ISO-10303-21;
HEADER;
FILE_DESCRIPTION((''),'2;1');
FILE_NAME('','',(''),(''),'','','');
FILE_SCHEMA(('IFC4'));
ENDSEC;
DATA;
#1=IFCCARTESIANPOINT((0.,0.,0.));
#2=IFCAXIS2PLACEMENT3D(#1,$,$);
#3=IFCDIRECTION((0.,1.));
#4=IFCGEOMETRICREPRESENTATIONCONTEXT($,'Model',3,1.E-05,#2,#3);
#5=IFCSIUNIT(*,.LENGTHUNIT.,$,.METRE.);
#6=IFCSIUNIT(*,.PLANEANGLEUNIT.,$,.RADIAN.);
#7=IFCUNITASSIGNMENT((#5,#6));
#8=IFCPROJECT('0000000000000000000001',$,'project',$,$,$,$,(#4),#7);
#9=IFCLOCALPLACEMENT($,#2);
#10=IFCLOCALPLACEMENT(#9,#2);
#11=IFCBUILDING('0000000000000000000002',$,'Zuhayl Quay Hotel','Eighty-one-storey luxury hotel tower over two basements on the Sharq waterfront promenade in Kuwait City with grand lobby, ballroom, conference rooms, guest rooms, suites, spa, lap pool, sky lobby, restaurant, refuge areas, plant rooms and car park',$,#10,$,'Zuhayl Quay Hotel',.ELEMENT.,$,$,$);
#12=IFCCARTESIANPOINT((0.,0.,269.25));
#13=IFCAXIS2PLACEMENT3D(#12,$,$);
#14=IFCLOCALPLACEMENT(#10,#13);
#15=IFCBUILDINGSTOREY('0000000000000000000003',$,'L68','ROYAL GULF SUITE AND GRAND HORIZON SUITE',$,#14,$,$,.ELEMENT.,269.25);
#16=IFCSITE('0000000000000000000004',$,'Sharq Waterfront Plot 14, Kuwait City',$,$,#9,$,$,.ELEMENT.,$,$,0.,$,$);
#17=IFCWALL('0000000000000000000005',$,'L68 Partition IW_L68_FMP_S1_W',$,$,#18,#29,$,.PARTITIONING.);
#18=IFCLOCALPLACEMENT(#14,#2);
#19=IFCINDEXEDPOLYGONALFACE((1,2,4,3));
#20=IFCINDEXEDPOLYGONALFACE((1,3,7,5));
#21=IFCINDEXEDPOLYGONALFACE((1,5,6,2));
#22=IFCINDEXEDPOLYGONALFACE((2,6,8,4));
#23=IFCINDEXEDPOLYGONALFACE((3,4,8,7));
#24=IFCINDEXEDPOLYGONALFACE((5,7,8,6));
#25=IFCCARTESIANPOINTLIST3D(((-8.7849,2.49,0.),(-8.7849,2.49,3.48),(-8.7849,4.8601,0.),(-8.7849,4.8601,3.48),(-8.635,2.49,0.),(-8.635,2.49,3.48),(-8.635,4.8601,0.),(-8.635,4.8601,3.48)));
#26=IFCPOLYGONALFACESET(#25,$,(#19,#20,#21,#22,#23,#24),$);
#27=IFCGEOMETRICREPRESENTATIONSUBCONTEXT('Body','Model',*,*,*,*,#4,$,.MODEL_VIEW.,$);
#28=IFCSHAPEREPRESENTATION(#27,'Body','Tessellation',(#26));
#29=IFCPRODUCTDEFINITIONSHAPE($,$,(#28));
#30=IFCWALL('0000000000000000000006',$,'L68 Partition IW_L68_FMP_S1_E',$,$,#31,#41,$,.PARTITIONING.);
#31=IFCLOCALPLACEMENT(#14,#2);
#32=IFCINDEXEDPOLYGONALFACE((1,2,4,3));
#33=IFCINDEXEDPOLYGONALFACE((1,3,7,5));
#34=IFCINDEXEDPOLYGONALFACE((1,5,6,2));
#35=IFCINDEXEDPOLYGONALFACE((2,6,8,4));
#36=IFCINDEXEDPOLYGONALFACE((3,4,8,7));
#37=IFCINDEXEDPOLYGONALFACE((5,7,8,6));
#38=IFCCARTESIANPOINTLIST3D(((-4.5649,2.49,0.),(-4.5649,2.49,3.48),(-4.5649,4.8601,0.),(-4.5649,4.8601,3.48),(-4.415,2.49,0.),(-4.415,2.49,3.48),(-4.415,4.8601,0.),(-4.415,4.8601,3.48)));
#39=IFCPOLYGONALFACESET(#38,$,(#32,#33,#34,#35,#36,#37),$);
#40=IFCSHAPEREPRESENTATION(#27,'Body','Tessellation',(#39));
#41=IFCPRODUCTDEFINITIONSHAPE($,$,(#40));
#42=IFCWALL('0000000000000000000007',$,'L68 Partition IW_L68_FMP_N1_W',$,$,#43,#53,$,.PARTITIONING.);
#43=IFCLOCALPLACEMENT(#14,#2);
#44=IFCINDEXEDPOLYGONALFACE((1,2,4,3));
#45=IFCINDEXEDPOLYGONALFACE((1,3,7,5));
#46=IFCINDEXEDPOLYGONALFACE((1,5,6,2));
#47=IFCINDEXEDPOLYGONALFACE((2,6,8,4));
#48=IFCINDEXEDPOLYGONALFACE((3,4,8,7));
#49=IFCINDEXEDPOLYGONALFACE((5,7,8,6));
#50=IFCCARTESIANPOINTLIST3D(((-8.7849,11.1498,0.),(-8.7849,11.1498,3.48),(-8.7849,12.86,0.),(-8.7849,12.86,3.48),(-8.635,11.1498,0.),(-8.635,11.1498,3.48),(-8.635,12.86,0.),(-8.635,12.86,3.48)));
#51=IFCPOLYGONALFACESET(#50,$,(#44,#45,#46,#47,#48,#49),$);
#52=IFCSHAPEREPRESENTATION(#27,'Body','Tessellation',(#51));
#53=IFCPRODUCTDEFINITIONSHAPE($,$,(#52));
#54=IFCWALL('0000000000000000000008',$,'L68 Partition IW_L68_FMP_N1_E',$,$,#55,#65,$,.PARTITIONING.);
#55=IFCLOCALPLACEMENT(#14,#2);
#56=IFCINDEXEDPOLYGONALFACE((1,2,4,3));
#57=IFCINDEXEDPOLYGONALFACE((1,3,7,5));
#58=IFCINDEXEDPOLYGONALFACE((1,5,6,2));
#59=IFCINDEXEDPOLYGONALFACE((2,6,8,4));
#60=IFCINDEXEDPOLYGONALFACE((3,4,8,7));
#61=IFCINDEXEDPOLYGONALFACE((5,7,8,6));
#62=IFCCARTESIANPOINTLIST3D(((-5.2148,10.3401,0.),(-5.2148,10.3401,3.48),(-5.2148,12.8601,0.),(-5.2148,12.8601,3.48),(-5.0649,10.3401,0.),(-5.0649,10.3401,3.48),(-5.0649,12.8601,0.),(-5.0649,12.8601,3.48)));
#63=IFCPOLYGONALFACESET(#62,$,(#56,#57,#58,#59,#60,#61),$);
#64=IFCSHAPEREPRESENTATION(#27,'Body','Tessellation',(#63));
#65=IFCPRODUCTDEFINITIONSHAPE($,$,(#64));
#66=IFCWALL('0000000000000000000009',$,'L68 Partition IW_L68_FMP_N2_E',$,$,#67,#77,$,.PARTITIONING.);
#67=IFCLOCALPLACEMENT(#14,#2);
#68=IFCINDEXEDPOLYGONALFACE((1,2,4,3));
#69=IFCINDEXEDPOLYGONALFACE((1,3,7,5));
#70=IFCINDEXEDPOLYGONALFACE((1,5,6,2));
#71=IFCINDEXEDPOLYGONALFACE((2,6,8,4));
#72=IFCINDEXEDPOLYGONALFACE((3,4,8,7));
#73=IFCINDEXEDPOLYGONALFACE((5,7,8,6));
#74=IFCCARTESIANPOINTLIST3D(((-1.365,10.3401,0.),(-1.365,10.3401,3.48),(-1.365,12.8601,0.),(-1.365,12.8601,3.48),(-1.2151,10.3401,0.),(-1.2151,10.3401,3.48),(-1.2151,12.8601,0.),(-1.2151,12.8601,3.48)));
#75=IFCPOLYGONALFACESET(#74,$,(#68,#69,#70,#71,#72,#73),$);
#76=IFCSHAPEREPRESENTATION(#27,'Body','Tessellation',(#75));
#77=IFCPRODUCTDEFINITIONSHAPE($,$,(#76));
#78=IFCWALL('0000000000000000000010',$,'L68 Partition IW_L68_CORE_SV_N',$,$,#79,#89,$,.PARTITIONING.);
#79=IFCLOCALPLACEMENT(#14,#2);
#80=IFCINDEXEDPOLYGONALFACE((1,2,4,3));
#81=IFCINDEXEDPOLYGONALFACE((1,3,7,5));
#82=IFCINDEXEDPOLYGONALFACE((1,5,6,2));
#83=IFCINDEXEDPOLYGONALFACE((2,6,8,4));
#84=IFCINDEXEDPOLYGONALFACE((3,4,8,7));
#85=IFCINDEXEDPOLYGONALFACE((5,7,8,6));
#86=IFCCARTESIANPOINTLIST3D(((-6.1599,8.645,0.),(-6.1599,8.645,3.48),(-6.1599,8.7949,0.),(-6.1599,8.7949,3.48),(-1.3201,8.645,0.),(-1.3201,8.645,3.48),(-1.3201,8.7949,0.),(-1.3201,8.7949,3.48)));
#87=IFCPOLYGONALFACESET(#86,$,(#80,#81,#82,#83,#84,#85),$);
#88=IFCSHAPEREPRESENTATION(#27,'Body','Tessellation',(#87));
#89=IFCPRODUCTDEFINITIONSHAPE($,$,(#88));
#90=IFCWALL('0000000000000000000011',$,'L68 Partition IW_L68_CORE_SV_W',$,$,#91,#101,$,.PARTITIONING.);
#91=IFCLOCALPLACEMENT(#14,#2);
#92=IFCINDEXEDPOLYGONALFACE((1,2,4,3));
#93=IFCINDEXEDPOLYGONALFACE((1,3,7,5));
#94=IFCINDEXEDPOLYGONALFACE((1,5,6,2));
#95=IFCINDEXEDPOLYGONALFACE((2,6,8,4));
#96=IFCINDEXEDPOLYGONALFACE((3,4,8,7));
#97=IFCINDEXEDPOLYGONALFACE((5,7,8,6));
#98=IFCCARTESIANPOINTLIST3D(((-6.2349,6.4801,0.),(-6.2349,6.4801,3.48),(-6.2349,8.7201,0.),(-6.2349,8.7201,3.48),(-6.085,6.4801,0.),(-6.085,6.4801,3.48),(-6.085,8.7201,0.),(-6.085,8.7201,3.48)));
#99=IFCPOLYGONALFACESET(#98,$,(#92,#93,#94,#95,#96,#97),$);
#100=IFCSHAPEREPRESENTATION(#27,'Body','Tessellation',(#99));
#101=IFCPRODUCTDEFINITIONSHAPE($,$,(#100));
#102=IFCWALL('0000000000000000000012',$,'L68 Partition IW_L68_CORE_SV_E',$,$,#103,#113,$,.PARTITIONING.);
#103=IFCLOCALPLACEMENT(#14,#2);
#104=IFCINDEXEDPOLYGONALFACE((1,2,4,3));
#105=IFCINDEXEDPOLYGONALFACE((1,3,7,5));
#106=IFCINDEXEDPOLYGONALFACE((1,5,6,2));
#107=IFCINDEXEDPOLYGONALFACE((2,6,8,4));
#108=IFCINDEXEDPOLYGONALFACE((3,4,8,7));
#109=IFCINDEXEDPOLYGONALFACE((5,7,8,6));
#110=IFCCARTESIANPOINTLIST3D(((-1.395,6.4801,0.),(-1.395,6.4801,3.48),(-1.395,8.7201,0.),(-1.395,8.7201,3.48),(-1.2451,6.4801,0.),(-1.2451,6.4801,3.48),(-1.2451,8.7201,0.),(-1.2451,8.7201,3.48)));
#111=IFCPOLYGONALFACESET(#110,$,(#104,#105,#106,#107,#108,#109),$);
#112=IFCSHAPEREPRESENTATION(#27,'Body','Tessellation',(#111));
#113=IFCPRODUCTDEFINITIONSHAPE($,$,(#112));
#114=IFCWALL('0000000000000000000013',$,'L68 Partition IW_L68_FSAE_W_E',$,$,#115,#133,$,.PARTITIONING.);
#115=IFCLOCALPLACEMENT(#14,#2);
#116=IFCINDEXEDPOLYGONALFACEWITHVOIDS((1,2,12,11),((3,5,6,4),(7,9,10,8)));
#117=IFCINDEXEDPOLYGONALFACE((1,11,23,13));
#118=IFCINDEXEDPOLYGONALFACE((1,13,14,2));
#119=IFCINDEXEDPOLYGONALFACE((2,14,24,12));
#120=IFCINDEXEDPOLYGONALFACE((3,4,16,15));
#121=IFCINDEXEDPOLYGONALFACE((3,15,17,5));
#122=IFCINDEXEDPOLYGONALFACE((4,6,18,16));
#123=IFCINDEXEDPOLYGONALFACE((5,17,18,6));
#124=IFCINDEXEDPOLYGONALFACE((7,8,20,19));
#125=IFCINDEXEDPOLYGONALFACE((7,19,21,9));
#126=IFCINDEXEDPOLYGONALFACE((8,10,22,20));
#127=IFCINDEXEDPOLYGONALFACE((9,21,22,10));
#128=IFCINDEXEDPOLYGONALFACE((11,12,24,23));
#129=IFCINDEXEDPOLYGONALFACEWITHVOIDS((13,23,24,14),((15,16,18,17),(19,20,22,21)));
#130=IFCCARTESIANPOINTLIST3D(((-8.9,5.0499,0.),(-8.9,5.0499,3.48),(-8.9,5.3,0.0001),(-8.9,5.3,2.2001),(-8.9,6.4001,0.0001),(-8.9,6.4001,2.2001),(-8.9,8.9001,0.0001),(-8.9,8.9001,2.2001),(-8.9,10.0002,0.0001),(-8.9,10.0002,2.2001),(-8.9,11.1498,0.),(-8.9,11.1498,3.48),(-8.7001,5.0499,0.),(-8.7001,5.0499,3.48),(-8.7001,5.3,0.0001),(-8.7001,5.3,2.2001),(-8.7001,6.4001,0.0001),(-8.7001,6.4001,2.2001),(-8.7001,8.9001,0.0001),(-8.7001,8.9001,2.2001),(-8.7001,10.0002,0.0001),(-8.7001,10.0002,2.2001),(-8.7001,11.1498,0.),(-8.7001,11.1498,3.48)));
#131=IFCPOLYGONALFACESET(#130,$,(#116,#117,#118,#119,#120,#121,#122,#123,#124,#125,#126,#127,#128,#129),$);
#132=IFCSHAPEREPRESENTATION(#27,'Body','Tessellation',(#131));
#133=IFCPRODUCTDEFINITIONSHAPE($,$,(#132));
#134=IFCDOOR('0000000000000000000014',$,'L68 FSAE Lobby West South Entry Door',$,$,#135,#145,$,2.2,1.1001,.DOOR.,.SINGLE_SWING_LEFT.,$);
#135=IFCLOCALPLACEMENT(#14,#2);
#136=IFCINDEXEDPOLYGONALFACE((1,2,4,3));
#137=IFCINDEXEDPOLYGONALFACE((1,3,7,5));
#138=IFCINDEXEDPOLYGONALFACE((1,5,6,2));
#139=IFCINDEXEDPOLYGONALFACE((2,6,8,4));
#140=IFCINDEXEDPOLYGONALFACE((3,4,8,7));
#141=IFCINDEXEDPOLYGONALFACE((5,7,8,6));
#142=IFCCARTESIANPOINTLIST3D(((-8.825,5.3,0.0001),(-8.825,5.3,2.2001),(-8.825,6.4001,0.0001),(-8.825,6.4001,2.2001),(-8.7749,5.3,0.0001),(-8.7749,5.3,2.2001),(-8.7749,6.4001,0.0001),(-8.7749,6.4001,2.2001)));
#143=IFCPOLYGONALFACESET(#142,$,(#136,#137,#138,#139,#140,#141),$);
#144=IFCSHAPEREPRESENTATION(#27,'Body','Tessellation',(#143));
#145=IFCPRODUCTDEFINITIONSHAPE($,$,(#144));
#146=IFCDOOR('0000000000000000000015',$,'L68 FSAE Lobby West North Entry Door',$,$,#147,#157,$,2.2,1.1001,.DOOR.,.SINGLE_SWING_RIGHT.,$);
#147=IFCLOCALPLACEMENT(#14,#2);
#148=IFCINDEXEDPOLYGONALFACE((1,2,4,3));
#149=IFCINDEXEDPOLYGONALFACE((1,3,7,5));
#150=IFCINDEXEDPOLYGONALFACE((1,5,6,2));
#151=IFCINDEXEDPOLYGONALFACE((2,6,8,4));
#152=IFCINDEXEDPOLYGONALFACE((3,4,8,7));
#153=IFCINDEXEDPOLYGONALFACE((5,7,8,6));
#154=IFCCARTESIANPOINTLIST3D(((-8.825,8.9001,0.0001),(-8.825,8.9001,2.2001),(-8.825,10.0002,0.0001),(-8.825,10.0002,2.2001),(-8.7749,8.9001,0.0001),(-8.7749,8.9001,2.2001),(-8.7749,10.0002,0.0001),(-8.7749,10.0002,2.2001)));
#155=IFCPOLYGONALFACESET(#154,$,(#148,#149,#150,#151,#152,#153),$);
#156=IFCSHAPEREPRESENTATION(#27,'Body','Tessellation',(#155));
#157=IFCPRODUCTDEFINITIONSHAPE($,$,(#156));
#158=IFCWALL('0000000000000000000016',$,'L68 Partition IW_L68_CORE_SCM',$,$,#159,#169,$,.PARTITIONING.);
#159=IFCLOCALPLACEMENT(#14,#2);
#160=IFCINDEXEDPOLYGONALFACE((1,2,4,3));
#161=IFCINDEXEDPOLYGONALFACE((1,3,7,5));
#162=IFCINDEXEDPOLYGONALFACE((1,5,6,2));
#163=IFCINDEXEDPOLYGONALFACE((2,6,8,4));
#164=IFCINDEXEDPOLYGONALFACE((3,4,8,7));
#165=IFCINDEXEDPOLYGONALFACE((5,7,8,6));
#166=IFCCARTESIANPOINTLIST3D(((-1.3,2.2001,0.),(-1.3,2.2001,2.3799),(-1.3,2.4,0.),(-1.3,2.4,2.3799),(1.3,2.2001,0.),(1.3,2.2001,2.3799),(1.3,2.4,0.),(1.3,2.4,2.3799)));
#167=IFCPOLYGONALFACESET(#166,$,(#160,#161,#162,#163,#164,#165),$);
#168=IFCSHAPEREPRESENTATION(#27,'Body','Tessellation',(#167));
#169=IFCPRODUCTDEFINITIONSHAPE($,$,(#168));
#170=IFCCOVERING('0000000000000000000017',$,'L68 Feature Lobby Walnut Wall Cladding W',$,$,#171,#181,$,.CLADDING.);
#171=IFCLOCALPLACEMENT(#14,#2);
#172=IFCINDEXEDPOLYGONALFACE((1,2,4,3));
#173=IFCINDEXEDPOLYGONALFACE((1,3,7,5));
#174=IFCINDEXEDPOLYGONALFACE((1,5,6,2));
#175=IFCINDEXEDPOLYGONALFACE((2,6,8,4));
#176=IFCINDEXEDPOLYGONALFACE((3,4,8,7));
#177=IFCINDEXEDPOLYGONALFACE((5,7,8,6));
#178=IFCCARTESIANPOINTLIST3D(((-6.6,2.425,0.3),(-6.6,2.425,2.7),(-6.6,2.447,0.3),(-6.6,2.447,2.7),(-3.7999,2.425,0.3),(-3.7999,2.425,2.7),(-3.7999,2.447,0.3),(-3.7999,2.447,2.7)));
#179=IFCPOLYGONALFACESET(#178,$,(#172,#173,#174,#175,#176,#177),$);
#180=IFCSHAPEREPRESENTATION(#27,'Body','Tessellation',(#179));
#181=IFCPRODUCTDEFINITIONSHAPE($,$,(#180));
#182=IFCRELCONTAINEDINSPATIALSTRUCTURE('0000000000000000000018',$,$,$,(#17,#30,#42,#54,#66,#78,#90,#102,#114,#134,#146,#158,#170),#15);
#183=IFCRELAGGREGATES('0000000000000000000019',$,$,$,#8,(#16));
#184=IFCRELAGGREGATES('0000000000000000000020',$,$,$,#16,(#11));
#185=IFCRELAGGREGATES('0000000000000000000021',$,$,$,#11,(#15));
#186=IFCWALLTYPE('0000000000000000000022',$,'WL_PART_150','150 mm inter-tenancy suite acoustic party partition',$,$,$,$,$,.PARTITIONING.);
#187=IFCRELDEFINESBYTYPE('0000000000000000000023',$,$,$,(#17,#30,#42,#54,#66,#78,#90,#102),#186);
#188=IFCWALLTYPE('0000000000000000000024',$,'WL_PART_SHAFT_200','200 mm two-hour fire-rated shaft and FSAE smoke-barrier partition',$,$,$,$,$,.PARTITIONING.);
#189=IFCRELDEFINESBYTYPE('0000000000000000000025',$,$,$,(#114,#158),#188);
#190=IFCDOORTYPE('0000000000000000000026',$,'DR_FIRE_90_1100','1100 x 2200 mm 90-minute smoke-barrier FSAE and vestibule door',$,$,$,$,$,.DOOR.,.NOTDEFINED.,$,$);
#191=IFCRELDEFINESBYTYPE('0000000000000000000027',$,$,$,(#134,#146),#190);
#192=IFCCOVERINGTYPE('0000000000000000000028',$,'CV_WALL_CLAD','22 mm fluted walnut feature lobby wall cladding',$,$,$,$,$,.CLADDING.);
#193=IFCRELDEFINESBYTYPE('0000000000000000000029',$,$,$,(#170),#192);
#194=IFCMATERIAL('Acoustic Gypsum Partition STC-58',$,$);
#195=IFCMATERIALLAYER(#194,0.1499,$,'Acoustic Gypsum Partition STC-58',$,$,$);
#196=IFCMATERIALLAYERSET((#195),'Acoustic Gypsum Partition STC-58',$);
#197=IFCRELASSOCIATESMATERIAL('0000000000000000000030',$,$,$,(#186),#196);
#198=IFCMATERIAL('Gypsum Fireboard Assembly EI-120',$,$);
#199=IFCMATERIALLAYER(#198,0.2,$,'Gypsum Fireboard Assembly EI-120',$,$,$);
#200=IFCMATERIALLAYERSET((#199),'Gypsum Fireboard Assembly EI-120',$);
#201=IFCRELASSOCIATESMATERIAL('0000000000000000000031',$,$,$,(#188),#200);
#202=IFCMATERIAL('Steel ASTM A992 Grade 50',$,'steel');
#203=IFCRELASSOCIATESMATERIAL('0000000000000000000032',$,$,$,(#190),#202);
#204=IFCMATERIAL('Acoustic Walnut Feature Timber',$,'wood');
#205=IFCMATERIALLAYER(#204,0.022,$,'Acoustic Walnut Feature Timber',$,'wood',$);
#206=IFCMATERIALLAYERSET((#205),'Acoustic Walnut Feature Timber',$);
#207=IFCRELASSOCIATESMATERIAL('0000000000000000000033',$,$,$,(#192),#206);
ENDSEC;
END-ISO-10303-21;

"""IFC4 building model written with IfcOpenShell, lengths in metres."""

from ifc_helpers import new_model, si_unit, direction, frame, frame_2d, origin, origin_2d, place, context, subcontext, project, spatial, rectangle, extrude, material, layer, layer_set, type_object, element, fill, save


model = new_model("IFC4")

# Units and contexts
model_context = context("Model", 3, precision=1e-05, world=origin(), true_north=direction((0.0, 1.0)))
body_context = subcontext(model_context, "Body", "Model", "MODEL_VIEW")
ifc_project = project(units=[si_unit("LENGTHUNIT", "METRE"), si_unit("PLANEANGLEUNIT", "RADIAN")], contexts=[model_context])

# Site, building, storey
site_placement = place(None, origin())
site = spatial("IfcSite", under=ifc_project, at=site_placement, Name="Sharq Waterfront Plot 14, Kuwait City", CompositionType="ELEMENT", RefElevation=0.0)
building_placement = place(site_placement, origin())
building = spatial("IfcBuilding", under=site, at=building_placement, Name="Zuhayl Quay Hotel", Description="Eighty-one-storey luxury hotel tower over two basements on the Sharq waterfront promenade in Kuwait City with grand lobby, ballroom, conference rooms, guest rooms, suites, spa, lap pool, sky lobby, restaurant, refuge areas, plant rooms and car park", LongName="Zuhayl Quay Hotel", CompositionType="ELEMENT")
storey_placement = place(building_placement, frame((0.0, 0.0, 269.25)))
storey = spatial("IfcBuildingStorey", under=building, at=storey_placement, Name="L68", Description="ROYAL GULF SUITE AND GRAND HORIZON SUITE", CompositionType="ELEMENT", Elevation=269.25)

# Shared definitions
ifc_material_1 = material(Name="Acoustic Gypsum Partition STC-58")
ifc_layer_1 = layer(ifc_material_1, 0.1499, Name="Acoustic Gypsum Partition STC-58")
ifc_layer_set_1 = layer_set([ifc_layer_1], Name="Acoustic Gypsum Partition STC-58")
wall_type_1 = type_object("IfcWallType", Name="WL_PART_150", Description="150 mm inter-tenancy suite acoustic party partition", PredefinedType="PARTITIONING", material=ifc_layer_set_1)
ifc_material_2 = material(Name="Steel ASTM A992 Grade 50", Category="steel")

# Walls
for number, where, z_axis, x_axis, name in (
    (1, (-8.71, 2.49, 0.0), (0.0, 0.0, 1.0), (0.0, 1.0, 0.0), "L68 Partition IW_L68_FMP_S1_W"),
    (2, (-4.49, 2.49, 0.0), (0.0, 0.0, 1.0), (0.0, 1.0, 0.0), "L68 Partition IW_L68_FMP_S1_E"),
):
    element("IfcWall", number, at=place(storey_placement, frame(where, z_axis=z_axis, x_axis=x_axis)), inside=storey, type_object=wall_type_1, Name=name, PredefinedType="PARTITIONING", context=body_context, shape_type="SweptSolid", body=[
        extrude(rectangle(XDim=2.3701, YDim=0.1499, at=frame_2d((1.1851, 0.0))), origin(), (0.0, 0.0, 1.0), 3.48),
    ])
wall_1_placement = place(storey_placement, frame((-8.71, 11.1499, 0.0), z_axis=(0.0, 0.0, 1.0), x_axis=(0.0, 1.0, 0.0)))
element("IfcWall", 3, at=wall_1_placement, inside=storey, type_object=wall_type_1, Name="L68 Partition IW_L68_FMP_N1_W", PredefinedType="PARTITIONING", context=body_context, shape_type="SweptSolid", body=[
    extrude(rectangle(XDim=1.7102, YDim=0.1499, at=frame_2d((0.855, 0.0))), origin(), (0.0, 0.0, 1.0), 3.48),
])
for number, where, z_axis, x_axis, name in (
    (4, (-5.1399, 10.3401, 0.0), (0.0, 0.0, 1.0), (0.0, 1.0, 0.0), "L68 Partition IW_L68_FMP_N1_E"),
    (5, (-1.29, 10.3401, 0.0), (0.0, 0.0, 1.0), (0.0, 1.0, 0.0), "L68 Partition IW_L68_FMP_N2_E"),
):
    element("IfcWall", number, at=place(storey_placement, frame(where, z_axis=z_axis, x_axis=x_axis)), inside=storey, type_object=wall_type_1, Name=name, PredefinedType="PARTITIONING", context=body_context, shape_type="SweptSolid", body=[
        extrude(rectangle(XDim=2.52, YDim=0.1499, at=frame_2d((1.26, 0.0))), origin(), (0.0, 0.0, 1.0), 3.48),
    ])
wall_2_placement = place(storey_placement, frame((-6.1599, 8.72, 0.0), z_axis=(0.0, 0.0, 1.0), x_axis=(1.0, 0.0, 0.0)))
element("IfcWall", 6, at=wall_2_placement, inside=storey, type_object=wall_type_1, Name="L68 Partition IW_L68_CORE_SV_N", PredefinedType="PARTITIONING", context=body_context, shape_type="SweptSolid", body=[
    extrude(rectangle(XDim=4.8398, YDim=0.1499, at=frame_2d((2.4199, 0.0))), origin(), (0.0, 0.0, 1.0), 3.48),
])
for number, where, z_axis, x_axis, name in (
    (7, (-6.1599, 6.48, 0.0), (0.0, 0.0, 1.0), (0.0, 1.0, 0.0), "L68 Partition IW_L68_CORE_SV_W"),
    (8, (-1.3201, 6.48, 0.0), (0.0, 0.0, 1.0), (0.0, 1.0, 0.0), "L68 Partition IW_L68_CORE_SV_E"),
):
    element("IfcWall", number, at=place(storey_placement, frame(where, z_axis=z_axis, x_axis=x_axis)), inside=storey, type_object=wall_type_1, Name=name, PredefinedType="PARTITIONING", context=body_context, shape_type="SweptSolid", body=[
        extrude(rectangle(XDim=2.24, YDim=0.1499, at=frame_2d((1.1201, 0.0))), origin(), (0.0, 0.0, 1.0), 3.48),
    ])

# Wall, openings, doors
ifc_material_3 = material(Name="Gypsum Fireboard Assembly EI-120")
ifc_layer_2 = layer(ifc_material_3, 0.2, Name="Gypsum Fireboard Assembly EI-120")
ifc_layer_set_2 = layer_set([ifc_layer_2], Name="Gypsum Fireboard Assembly EI-120")
wall_type_2 = type_object("IfcWallType", Name="WL_PART_SHAFT_200", Description="200 mm two-hour fire-rated shaft and FSAE smoke-barrier partition", PredefinedType="PARTITIONING", material=ifc_layer_set_2)
wall_3_placement = place(storey_placement, frame((-8.8, 5.05, 0.0), z_axis=(0.0, 0.0, 1.0), x_axis=(0.0, 1.0, 0.0)))
wall_3 = element("IfcWall", 9, at=wall_3_placement, inside=storey, type_object=wall_type_2, Name="L68 Partition IW_L68_FSAE_W_E", PredefinedType="PARTITIONING", context=body_context, shape_type="SweptSolid", body=[
    extrude(rectangle(XDim=6.0999, YDim=0.2, at=frame_2d((3.0498, 0.0))), origin(), (0.0, 0.0, 1.0), 3.48),
])
opening_1_placement = place(wall_3_placement, frame((0.25, 0.0, 0.0)))
opening_1 = element("IfcOpeningElement", 10, at=opening_1_placement, cuts=wall_3, PredefinedType="OPENING", context=body_context, shape_type="SweptSolid", body=[
    extrude(rectangle(XDim=1.1001, YDim=2.2, at=frame_2d((0.55, 1.1001))), frame((0.0, 0.1099, 0.0), z_axis=(0.0, -1.0, 0.0), x_axis=(1.0, 0.0, 0.0)), (0.0, 0.0, 1.0), 0.22),
])
opening_2_placement = place(wall_3_placement, frame((3.8501, 0.0, 0.0)))
opening_2 = element("IfcOpeningElement", 11, at=opening_2_placement, cuts=wall_3, PredefinedType="OPENING", context=body_context, shape_type="SweptSolid", body=[
    extrude(rectangle(XDim=1.1001, YDim=2.2, at=frame_2d((0.55, 1.1001))), frame((0.0, 0.1099, 0.0), z_axis=(0.0, -1.0, 0.0), x_axis=(1.0, 0.0, 0.0)), (0.0, 0.0, 1.0), 0.22),
])
door_type_1 = type_object("IfcDoorType", Name="DR_FIRE_90_1100", Description="1100 x 2200 mm 90-minute smoke-barrier FSAE and vestibule door", OperationType="NOTDEFINED", PredefinedType="DOOR", material=ifc_material_2)
door_1_placement = place(opening_1_placement, origin())
door_1 = element("IfcDoor", 12, at=door_1_placement, inside=storey, type_object=door_type_1, Name="L68 FSAE Lobby West South Entry Door", OperationType="SINGLE_SWING_LEFT", OverallHeight=2.2, OverallWidth=1.1001, PredefinedType="DOOR", context=body_context, shape_type="SweptSolid", body=[
    extrude(rectangle(XDim=1.1001, YDim=2.2, at=frame_2d((0.55, 1.1001))), frame((0.0, 0.0249, 0.0), z_axis=(0.0, -1.0, 0.0), x_axis=(1.0, 0.0, 0.0)), (0.0, 0.0, 1.0), 0.05),
])
fill(opening_1, door_1)
door_2_placement = place(opening_2_placement, origin())
door_2 = element("IfcDoor", 13, at=door_2_placement, inside=storey, type_object=door_type_1, Name="L68 FSAE Lobby West North Entry Door", OperationType="SINGLE_SWING_RIGHT", OverallHeight=2.2, OverallWidth=1.1001, PredefinedType="DOOR", context=body_context, shape_type="SweptSolid", body=[
    extrude(rectangle(XDim=1.1001, YDim=2.2, at=frame_2d((0.55, 1.1001))), frame((0.0, 0.0249, 0.0), z_axis=(0.0, -1.0, 0.0), x_axis=(1.0, 0.0, 0.0)), (0.0, 0.0, 1.0), 0.05),
])
fill(opening_2, door_2)

# Wall
wall_4_placement = place(storey_placement, frame((-1.3, 2.3, 0.0), z_axis=(0.0, 0.0, 1.0), x_axis=(1.0, 0.0, 0.0)))
element("IfcWall", 14, at=wall_4_placement, inside=storey, type_object=wall_type_2, Name="L68 Partition IW_L68_CORE_SCM", PredefinedType="PARTITIONING", context=body_context, shape_type="SweptSolid", body=[
    extrude(rectangle(XDim=2.6001, YDim=0.2, at=frame_2d((1.3, 0.0))), origin(), (0.0, 0.0, 1.0), 2.3799),
])

# Covering
ifc_material_4 = material(Name="Acoustic Walnut Feature Timber", Category="wood")
ifc_layer_3 = layer(ifc_material_4, 0.022, Name="Acoustic Walnut Feature Timber", Category="wood")
ifc_layer_set_3 = layer_set([ifc_layer_3], Name="Acoustic Walnut Feature Timber")
covering_type = type_object("IfcCoveringType", Name="CV_WALL_CLAD", Description="22 mm fluted walnut feature lobby wall cladding", PredefinedType="CLADDING", material=ifc_layer_set_3)
covering_placement = place(storey_placement, frame((-5.2, 2.436, 0.3), z_axis=(0.0, 0.0, 1.0), x_axis=(1.0, 0.0, 0.0)))
element("IfcCovering", 15, at=covering_placement, inside=storey, type_object=covering_type, Name="L68 Feature Lobby Walnut Wall Cladding W", PredefinedType="CLADDING", context=body_context, shape_type="SweptSolid", body=[
    extrude(rectangle(XDim=2.8, YDim=0.022, at=origin_2d()), origin(), (0.0, 0.0, 1.0), 2.3999),
])

save(model, "model.ifc")
